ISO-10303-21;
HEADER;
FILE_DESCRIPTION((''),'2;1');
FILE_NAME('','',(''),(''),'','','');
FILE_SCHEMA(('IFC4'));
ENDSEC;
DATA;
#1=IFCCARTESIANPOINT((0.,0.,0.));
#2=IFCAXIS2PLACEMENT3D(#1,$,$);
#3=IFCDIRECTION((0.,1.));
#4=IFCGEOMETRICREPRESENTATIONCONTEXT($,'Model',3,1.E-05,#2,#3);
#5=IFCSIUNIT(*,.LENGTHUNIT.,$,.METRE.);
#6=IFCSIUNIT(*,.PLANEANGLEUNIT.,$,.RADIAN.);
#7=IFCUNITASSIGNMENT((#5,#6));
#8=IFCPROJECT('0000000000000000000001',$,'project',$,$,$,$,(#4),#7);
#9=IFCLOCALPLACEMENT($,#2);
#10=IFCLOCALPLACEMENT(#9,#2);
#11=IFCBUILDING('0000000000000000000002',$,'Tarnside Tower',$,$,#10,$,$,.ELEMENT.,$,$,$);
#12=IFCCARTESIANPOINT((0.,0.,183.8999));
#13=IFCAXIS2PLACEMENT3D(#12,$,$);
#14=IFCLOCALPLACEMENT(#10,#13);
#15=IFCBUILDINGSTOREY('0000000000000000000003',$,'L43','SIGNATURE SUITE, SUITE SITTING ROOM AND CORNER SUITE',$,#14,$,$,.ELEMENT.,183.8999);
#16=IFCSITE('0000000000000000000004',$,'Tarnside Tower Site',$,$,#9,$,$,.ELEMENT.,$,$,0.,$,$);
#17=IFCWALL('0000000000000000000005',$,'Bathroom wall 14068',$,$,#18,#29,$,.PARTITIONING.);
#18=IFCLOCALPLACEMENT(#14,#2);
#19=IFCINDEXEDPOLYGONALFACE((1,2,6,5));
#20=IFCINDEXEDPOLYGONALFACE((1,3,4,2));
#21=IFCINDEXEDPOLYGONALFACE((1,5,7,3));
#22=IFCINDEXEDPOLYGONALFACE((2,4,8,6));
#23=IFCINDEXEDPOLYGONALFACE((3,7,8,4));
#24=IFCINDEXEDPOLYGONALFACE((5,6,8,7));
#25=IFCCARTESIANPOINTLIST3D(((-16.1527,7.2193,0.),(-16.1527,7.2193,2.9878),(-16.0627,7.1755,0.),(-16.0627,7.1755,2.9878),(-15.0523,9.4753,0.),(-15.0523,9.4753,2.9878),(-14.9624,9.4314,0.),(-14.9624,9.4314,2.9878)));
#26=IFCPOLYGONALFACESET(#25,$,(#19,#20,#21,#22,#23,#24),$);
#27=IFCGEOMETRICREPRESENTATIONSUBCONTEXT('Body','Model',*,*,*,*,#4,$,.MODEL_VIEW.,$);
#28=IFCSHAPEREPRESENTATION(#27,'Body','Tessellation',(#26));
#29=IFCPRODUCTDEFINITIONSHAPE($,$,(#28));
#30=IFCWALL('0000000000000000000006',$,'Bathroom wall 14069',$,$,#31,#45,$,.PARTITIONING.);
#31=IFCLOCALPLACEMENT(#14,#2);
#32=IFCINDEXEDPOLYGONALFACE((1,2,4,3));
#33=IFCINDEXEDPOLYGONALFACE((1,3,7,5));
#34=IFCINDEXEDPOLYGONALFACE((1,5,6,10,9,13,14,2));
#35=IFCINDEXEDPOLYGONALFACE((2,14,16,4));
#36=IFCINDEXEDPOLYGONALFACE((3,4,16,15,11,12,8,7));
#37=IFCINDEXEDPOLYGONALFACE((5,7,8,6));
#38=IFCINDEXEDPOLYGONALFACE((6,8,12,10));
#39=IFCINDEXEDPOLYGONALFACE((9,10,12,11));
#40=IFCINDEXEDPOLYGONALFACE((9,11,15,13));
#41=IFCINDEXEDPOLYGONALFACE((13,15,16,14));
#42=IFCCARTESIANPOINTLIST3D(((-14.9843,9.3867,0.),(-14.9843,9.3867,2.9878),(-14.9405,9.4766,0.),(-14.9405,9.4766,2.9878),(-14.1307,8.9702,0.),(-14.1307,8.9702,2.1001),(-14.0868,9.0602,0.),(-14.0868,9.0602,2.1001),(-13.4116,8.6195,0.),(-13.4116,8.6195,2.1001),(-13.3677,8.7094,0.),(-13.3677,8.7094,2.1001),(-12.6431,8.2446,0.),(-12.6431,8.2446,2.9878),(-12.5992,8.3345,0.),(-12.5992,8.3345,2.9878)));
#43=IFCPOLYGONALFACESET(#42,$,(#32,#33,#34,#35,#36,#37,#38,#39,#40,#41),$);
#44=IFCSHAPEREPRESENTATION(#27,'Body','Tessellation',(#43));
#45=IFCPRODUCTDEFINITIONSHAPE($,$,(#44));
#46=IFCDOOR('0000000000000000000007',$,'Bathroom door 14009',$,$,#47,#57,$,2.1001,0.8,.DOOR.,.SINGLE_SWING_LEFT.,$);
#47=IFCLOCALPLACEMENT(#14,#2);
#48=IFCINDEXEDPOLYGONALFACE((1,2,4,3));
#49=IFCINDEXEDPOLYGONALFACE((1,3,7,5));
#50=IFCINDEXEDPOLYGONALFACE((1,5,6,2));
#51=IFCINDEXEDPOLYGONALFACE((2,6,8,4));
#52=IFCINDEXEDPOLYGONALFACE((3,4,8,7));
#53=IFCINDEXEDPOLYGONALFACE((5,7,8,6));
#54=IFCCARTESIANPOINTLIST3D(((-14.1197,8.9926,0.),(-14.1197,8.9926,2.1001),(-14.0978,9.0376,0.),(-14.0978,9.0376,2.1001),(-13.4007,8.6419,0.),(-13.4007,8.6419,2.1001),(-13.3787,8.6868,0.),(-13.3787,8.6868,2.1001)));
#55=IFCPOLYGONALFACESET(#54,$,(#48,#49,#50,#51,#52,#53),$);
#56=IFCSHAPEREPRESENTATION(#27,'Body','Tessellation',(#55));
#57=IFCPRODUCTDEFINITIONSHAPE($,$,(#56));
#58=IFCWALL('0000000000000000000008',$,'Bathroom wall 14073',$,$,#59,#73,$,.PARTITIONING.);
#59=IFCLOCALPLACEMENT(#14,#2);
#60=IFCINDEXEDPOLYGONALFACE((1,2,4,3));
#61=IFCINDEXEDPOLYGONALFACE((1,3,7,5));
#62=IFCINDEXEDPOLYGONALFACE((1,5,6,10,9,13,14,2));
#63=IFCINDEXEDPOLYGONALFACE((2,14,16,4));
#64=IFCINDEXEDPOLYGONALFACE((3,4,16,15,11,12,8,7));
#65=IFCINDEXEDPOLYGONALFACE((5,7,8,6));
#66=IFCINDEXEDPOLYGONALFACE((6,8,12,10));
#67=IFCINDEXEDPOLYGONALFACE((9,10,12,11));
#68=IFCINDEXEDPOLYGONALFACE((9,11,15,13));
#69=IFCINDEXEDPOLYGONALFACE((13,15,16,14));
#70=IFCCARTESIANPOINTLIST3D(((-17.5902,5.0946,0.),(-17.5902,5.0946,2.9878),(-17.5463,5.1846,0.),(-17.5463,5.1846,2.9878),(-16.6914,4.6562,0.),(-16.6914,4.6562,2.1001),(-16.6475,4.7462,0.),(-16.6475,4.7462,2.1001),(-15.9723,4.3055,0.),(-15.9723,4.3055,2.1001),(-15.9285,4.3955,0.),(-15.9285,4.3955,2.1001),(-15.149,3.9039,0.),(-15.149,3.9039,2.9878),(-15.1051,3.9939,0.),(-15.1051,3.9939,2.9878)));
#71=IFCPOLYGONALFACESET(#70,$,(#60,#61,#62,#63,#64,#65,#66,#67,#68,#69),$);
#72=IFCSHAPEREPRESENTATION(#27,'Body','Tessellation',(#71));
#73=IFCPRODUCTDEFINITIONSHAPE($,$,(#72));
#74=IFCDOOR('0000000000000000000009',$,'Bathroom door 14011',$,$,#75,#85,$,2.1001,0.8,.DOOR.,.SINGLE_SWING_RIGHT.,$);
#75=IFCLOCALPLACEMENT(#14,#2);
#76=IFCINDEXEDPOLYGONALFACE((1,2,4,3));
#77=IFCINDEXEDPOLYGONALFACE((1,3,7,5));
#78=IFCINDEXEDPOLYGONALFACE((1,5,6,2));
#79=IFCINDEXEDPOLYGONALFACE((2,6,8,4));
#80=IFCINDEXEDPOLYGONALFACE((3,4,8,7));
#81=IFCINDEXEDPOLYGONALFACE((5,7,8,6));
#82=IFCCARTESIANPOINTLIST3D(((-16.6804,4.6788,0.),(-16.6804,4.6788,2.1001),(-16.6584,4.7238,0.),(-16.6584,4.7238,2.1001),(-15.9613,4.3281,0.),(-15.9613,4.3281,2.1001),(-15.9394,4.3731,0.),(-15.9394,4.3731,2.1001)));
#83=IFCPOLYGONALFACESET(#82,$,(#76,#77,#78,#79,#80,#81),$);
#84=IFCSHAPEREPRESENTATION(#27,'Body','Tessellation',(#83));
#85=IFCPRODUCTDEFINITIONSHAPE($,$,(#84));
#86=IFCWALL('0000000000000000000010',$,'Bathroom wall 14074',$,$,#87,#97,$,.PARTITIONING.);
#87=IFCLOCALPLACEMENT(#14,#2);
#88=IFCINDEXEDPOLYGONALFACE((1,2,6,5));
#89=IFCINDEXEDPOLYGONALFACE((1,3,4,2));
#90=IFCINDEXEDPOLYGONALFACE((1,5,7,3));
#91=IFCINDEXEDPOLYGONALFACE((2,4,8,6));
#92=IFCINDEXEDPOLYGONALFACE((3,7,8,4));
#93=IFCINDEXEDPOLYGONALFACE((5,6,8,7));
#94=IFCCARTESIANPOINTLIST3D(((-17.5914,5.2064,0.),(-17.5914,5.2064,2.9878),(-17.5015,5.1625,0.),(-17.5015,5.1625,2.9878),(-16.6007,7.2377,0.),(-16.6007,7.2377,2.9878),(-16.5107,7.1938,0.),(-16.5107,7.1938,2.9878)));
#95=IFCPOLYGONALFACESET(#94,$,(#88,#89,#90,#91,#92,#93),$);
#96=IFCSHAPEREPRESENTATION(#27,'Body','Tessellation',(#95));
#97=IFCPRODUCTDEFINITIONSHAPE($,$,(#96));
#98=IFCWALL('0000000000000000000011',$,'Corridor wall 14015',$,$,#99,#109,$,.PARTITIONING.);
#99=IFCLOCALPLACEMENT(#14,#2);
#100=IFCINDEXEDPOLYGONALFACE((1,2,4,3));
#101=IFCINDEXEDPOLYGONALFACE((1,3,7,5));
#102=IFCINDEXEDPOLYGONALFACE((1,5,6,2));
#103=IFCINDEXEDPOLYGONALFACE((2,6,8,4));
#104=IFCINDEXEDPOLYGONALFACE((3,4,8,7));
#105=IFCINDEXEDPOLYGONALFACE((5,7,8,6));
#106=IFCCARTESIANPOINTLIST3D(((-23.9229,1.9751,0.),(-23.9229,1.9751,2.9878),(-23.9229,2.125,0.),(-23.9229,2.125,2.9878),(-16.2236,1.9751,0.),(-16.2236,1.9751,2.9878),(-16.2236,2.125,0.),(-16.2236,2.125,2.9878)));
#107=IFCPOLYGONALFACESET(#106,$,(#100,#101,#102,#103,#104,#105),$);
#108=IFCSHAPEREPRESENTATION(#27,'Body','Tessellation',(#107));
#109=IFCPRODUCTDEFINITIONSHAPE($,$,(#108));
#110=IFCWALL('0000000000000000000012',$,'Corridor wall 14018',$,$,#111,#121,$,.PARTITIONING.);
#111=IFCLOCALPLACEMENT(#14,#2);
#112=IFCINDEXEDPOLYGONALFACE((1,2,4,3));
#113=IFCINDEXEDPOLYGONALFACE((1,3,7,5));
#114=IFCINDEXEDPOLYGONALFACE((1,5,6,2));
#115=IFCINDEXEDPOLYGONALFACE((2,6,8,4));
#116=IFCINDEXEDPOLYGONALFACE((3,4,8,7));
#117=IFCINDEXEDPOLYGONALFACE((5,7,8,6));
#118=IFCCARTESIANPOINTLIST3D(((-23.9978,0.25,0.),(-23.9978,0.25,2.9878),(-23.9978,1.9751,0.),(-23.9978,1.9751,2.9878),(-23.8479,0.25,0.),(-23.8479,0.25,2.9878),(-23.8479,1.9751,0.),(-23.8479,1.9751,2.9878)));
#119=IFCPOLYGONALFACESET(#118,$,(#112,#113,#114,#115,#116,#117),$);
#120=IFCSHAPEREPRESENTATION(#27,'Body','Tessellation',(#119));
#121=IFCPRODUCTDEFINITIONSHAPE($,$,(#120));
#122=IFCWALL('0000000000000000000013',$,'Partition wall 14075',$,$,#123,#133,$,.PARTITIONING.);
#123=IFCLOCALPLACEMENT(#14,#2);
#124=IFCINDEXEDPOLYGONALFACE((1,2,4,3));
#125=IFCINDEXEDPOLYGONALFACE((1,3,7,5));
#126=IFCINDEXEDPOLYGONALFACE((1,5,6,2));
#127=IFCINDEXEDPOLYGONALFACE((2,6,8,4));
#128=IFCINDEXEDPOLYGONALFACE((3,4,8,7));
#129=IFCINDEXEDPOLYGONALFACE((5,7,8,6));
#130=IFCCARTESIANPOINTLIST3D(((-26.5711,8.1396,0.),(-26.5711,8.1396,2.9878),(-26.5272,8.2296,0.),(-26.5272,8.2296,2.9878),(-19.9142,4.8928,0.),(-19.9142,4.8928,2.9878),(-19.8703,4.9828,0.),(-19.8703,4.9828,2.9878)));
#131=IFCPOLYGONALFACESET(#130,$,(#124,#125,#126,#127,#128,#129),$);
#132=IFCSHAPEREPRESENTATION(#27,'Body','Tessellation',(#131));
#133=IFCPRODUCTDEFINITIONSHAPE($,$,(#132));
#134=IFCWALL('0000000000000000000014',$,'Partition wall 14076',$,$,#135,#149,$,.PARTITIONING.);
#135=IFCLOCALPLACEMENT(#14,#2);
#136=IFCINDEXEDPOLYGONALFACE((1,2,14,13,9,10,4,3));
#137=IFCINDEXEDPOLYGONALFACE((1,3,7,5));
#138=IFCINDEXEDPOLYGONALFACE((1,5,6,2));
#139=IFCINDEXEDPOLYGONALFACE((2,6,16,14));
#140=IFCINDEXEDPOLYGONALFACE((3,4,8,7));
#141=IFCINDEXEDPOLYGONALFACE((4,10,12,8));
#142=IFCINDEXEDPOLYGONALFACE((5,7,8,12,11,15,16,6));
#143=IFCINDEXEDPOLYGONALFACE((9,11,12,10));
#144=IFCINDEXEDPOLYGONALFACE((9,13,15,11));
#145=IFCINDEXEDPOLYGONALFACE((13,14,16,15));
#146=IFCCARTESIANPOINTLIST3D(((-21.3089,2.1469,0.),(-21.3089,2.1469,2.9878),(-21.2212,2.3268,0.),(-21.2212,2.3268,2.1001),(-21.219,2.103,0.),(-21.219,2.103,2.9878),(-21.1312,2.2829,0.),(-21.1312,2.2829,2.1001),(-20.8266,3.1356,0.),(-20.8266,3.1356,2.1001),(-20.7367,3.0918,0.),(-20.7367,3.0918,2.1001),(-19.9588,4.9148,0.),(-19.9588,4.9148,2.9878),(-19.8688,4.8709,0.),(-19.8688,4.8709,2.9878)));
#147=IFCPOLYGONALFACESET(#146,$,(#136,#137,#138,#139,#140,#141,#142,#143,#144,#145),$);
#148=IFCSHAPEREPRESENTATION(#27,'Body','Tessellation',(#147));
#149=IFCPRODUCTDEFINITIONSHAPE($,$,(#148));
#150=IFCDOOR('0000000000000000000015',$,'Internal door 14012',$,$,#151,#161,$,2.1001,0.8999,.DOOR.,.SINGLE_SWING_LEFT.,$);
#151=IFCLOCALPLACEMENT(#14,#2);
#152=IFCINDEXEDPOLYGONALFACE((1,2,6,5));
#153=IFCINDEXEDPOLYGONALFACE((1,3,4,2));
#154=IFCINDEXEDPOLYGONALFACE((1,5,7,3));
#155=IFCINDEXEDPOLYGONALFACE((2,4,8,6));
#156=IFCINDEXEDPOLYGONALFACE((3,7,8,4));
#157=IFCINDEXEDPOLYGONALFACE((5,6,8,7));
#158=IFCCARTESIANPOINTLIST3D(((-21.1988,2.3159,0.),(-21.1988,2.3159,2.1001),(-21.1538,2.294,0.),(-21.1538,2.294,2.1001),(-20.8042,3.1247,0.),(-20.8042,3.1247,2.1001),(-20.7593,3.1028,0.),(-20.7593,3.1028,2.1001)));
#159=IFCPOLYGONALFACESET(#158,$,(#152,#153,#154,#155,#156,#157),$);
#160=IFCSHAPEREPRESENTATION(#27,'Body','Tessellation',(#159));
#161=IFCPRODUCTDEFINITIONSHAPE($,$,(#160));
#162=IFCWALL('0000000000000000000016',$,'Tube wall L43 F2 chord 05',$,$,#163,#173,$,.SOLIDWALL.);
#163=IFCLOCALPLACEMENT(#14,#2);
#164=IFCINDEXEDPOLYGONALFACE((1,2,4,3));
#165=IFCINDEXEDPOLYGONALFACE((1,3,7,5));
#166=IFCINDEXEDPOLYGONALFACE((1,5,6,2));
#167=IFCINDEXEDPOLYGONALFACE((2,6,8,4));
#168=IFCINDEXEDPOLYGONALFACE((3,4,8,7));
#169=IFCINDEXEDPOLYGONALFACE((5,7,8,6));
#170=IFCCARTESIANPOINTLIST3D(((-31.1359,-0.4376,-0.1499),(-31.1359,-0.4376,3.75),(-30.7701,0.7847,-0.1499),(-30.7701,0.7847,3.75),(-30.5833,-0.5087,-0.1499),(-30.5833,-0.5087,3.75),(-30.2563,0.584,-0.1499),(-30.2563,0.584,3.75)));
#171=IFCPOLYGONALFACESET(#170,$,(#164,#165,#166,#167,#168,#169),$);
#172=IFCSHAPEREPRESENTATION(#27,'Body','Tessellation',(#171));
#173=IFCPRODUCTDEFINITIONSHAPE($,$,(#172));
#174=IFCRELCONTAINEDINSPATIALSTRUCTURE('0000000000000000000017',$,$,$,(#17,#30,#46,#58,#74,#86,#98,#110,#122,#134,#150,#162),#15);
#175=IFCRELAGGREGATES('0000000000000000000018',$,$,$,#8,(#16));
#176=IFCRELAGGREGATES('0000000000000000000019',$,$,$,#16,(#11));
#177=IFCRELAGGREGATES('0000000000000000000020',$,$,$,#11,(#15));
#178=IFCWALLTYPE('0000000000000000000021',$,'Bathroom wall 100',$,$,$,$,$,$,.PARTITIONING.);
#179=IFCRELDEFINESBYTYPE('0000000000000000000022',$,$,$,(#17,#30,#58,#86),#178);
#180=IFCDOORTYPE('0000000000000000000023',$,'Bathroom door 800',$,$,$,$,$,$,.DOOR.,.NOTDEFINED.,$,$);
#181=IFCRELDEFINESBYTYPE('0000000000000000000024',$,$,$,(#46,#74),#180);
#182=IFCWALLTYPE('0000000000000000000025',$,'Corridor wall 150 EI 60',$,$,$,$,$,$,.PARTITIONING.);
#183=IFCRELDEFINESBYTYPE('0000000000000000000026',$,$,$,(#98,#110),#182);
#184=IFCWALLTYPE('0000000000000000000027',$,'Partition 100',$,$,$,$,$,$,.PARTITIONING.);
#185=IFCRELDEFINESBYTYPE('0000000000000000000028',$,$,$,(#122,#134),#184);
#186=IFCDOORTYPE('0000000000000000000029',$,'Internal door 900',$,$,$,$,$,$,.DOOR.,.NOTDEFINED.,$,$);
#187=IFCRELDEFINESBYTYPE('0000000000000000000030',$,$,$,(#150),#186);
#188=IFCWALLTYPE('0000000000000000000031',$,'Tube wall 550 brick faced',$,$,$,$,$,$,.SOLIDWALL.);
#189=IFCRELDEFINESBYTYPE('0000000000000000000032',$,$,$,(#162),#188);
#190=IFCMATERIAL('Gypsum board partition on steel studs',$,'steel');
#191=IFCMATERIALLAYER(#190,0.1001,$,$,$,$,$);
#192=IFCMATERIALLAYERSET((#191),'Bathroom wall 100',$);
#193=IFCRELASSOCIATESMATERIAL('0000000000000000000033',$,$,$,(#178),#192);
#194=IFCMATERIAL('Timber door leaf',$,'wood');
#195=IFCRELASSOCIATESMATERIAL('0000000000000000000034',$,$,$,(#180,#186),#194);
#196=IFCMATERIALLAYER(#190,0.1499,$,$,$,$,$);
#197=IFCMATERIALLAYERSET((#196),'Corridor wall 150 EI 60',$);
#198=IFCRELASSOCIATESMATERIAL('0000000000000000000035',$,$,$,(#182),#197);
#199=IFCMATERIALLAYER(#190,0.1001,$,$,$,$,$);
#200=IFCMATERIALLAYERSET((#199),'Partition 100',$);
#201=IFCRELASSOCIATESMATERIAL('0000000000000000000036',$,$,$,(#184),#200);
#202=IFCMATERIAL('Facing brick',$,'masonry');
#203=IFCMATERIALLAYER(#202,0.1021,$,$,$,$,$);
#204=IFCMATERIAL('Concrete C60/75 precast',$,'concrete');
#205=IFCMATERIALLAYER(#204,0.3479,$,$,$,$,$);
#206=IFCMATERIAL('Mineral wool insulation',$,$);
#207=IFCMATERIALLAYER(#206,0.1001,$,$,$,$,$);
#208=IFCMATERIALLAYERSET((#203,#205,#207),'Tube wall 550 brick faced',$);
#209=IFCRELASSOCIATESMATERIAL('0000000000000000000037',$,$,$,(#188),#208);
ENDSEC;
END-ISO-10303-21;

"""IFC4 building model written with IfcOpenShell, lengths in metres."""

from ifc_helpers import new_model, si_unit, direction, frame, frame_2d, origin, place, context, subcontext, project, spatial, polyline, rectangle, outline, extrude, material, layer, layer_set, type_object, element, fill, save


model = new_model("IFC4")

# Units and contexts
model_context = context("Model", 3, precision=1e-05, world=origin(), true_north=direction((0.0, 1.0)))
body_context = subcontext(model_context, "Body", "Model", "MODEL_VIEW")
ifc_project = project(units=[si_unit("LENGTHUNIT", "METRE"), si_unit("PLANEANGLEUNIT", "RADIAN")], contexts=[model_context])

# Site, building, storey
site_placement = place(None, origin())
site = spatial("IfcSite", under=ifc_project, at=site_placement, Name="Tarnside Tower Site", CompositionType="ELEMENT", RefElevation=0.0)
building_placement = place(site_placement, origin())
building = spatial("IfcBuilding", under=site, at=building_placement, Name="Tarnside Tower", CompositionType="ELEMENT")
storey_placement = place(building_placement, frame((0.0, 0.0, 183.8999)))
storey = spatial("IfcBuildingStorey", under=building, at=storey_placement, Name="L43", Description="SIGNATURE SUITE, SUITE SITTING ROOM AND CORNER SUITE", CompositionType="ELEMENT", Elevation=183.8999)

# Wall
ifc_material_1 = material(Name="Gypsum board partition on steel studs", Category="steel")
ifc_layer_1 = layer(ifc_material_1, 0.1001)
ifc_layer_set_1 = layer_set([ifc_layer_1], Name="Bathroom wall 100")
wall_type_1 = type_object("IfcWallType", Name="Bathroom wall 100", PredefinedType="PARTITIONING", material=ifc_layer_set_1)
wall_1_placement = place(storey_placement, frame((-16.1077, 7.1975, 0.0), z_axis=(0.0, 0.0, 1.0), x_axis=(0.438399, 0.898781, 0.0)))
element("IfcWall", 1, at=wall_1_placement, inside=storey, type_object=wall_type_1, Name="Bathroom wall 14068", PredefinedType="PARTITIONING", context=body_context, shape_type="SweptSolid", body=[
    extrude(rectangle(XDim=2.51, YDim=0.1001, at=frame_2d((1.2549, 0.0))), origin(), (0.0, 0.0, 1.0), 2.9878),
])

# Walls, openings, doors
wall_2_placement = place(storey_placement, frame((-14.9624, 9.4316, 0.0), z_axis=(0.0, 0.0, 1.0), x_axis=(0.89877, -0.43842, 0.0)))
wall_2 = element("IfcWall", 2, at=wall_2_placement, inside=storey, type_object=wall_type_1, Name="Bathroom wall 14069", PredefinedType="PARTITIONING", context=body_context, shape_type="SweptSolid", body=[
    extrude(rectangle(XDim=2.605, YDim=0.1001, at=frame_2d((1.3025, 0.0))), origin(), (0.0, 0.0, 1.0), 2.9878),
])
opening_1_placement = place(wall_2_placement, frame((0.95, 0.0, 0.0)))
opening_1 = element("IfcOpeningElement", 3, at=opening_1_placement, cuts=wall_2, PredefinedType="OPENING", context=body_context, shape_type="SweptSolid", body=[
    extrude(rectangle(XDim=0.8, YDim=2.1001, at=frame_2d((0.3999, 1.05))), frame((0.0, 0.0601, 0.0), z_axis=(0.0, -1.0, 0.0), x_axis=(1.0, 0.0, 0.0)), (0.0, 0.0, 1.0), 0.1201),
])
ifc_material_2 = material(Name="Timber door leaf", Category="wood")
door_type_1 = type_object("IfcDoorType", Name="Bathroom door 800", OperationType="NOTDEFINED", PredefinedType="DOOR", material=ifc_material_2)
door_1_placement = place(opening_1_placement, origin())
door_1 = element("IfcDoor", 4, at=door_1_placement, inside=storey, type_object=door_type_1, Name="Bathroom door 14009", OperationType="SINGLE_SWING_LEFT", OverallHeight=2.1001, OverallWidth=0.8, PredefinedType="DOOR", context=body_context, shape_type="SweptSolid", body=[
    extrude(rectangle(XDim=0.8, YDim=2.1001, at=frame_2d((0.3999, 1.05))), frame((0.0, 0.0249, 0.0), z_axis=(0.0, -1.0, 0.0), x_axis=(1.0, 0.0, 0.0)), (0.0, 0.0, 1.0), 0.05),
])
fill(opening_1, door_1)
wall_3_placement = place(storey_placement, frame((-15.1272, 3.949, 0.0), z_axis=(0.0, 0.0, 1.0), x_axis=(-0.898788, 0.438383, 0.0)))
wall_3 = element("IfcWall", 5, at=wall_3_placement, inside=storey, type_object=wall_type_1, Name="Bathroom wall 14073", PredefinedType="PARTITIONING", context=body_context, shape_type="SweptSolid", body=[
    extrude(rectangle(XDim=2.7161, YDim=0.1001, at=frame_2d((1.3579, 0.0))), origin(), (0.0, 0.0, 1.0), 2.9878),
])
opening_2_placement = place(wall_3_placement, frame((0.916, 0.0, 0.0)))
opening_2 = element("IfcOpeningElement", 6, at=opening_2_placement, cuts=wall_3, PredefinedType="OPENING", context=body_context, shape_type="SweptSolid", body=[
    extrude(rectangle(XDim=0.8, YDim=2.1001, at=frame_2d((0.3999, 1.05))), frame((0.0, 0.0601, 0.0), z_axis=(0.0, -1.0, 0.0), x_axis=(1.0, 0.0, 0.0)), (0.0, 0.0, 1.0), 0.1201),
])
door_2_placement = place(opening_2_placement, origin())
door_2 = element("IfcDoor", 7, at=door_2_placement, inside=storey, type_object=door_type_1, Name="Bathroom door 14011", OperationType="SINGLE_SWING_RIGHT", OverallHeight=2.1001, OverallWidth=0.8, PredefinedType="DOOR", context=body_context, shape_type="SweptSolid", body=[
    extrude(rectangle(XDim=0.8, YDim=2.1001, at=frame_2d((0.3999, 1.05))), frame((0.0, 0.0249, 0.0), z_axis=(0.0, -1.0, 0.0), x_axis=(1.0, 0.0, 0.0)), (0.0, 0.0, 1.0), 0.05),
])
fill(opening_2, door_2)

# Walls
wall_4_placement = place(storey_placement, frame((-17.5464, 5.1846, 0.0), z_axis=(0.0, 0.0, 1.0), x_axis=(0.438377, 0.898791, 0.0)))
element("IfcWall", 8, at=wall_4_placement, inside=storey, type_object=wall_type_1, Name="Bathroom wall 14074", PredefinedType="PARTITIONING", context=body_context, shape_type="SweptSolid", body=[
    extrude(rectangle(XDim=2.26, YDim=0.1001, at=frame_2d((1.1299, 0.0))), origin(), (0.0, 0.0, 1.0), 2.9878),
])
ifc_layer_2 = layer(ifc_material_1, 0.1499)
ifc_layer_set_2 = layer_set([ifc_layer_2], Name="Corridor wall 150 EI 60")
wall_type_2 = type_object("IfcWallType", Name="Corridor wall 150 EI 60", PredefinedType="PARTITIONING", material=ifc_layer_set_2)
wall_5_placement = place(storey_placement, frame((-16.2236, 2.05, 0.0), z_axis=(0.0, 0.0, 1.0), x_axis=(-1.0, 0.0, 0.0)))
element("IfcWall", 9, at=wall_5_placement, inside=storey, type_object=wall_type_2, Name="Corridor wall 14015", PredefinedType="PARTITIONING", context=body_context, shape_type="SweptSolid", body=[
    extrude(rectangle(XDim=7.6992, YDim=0.1499, at=frame_2d((3.8496, 0.0))), origin(), (0.0, 0.0, 1.0), 2.9878),
])
wall_6_placement = place(storey_placement, frame((-23.9229, 1.9751, 0.0), z_axis=(0.0, 0.0, 1.0), x_axis=(0.0, -1.0, 0.0)))
element("IfcWall", 10, at=wall_6_placement, inside=storey, type_object=wall_type_2, Name="Corridor wall 14018", PredefinedType="PARTITIONING", context=body_context, shape_type="SweptSolid", body=[
    extrude(rectangle(XDim=1.7251, YDim=0.1499, at=frame_2d((0.8625, 0.0))), origin(), (0.0, 0.0, 1.0), 2.9878),
])
ifc_layer_3 = layer(ifc_material_1, 0.1001)
ifc_layer_set_3 = layer_set([ifc_layer_3], Name="Partition 100")
wall_type_3 = type_object("IfcWallType", Name="Partition 100", PredefinedType="PARTITIONING", material=ifc_layer_set_3)
wall_7_placement = place(storey_placement, frame((-26.5491, 8.1846, 0.0), z_axis=(0.0, 0.0, 1.0), x_axis=(0.898794, -0.438371, 0.0)))
element("IfcWall", 11, at=wall_7_placement, inside=storey, type_object=wall_type_3, Name="Partition wall 14075", PredefinedType="PARTITIONING", context=body_context, shape_type="SweptSolid", body=[
    extrude(rectangle(XDim=7.4065, YDim=0.1001, at=frame_2d((3.7031, 0.0))), origin(), (0.0, 0.0, 1.0), 2.9878),
])

# Wall, opening, door
wall_8_placement = place(storey_placement, frame((-19.9138, 4.8928, 0.0), z_axis=(0.0, 0.0, 1.0), x_axis=(-0.438408, -0.898776, 0.0)))
wall_8 = element("IfcWall", 12, at=wall_8_placement, inside=storey, type_object=wall_type_3, Name="Partition wall 14076", PredefinedType="PARTITIONING", context=body_context, shape_type="SweptSolid", body=[
    extrude(rectangle(XDim=3.0796, YDim=0.1001, at=frame_2d((1.5398, 0.0))), origin(), (0.0, 0.0, 1.0), 2.9878),
])
opening_3_placement = place(wall_8_placement, frame((1.9795, 0.0, 0.0)))
opening_3 = element("IfcOpeningElement", 13, at=opening_3_placement, cuts=wall_8, PredefinedType="OPENING", context=body_context, shape_type="SweptSolid", body=[
    extrude(rectangle(XDim=0.8999, YDim=2.1001, at=frame_2d((0.45, 1.05))), frame((0.0, 0.0601, 0.0), z_axis=(0.0, -1.0, 0.0), x_axis=(1.0, 0.0, 0.0)), (0.0, 0.0, 1.0), 0.1201),
])
door_type_2 = type_object("IfcDoorType", Name="Internal door 900", OperationType="NOTDEFINED", PredefinedType="DOOR", material=ifc_material_2)
door_3_placement = place(opening_3_placement, origin())
door_3 = element("IfcDoor", 14, at=door_3_placement, inside=storey, type_object=door_type_2, Name="Internal door 14012", OperationType="SINGLE_SWING_LEFT", OverallHeight=2.1001, OverallWidth=0.8999, PredefinedType="DOOR", context=body_context, shape_type="SweptSolid", body=[
    extrude(rectangle(XDim=0.8999, YDim=2.1001, at=frame_2d((0.45, 1.05))), frame((0.0, 0.0249, 0.0), z_axis=(0.0, -1.0, 0.0), x_axis=(1.0, 0.0, 0.0)), (0.0, 0.0, 1.0), 0.05),
])
fill(opening_3, door_3)

# Wall
ifc_material_3 = material(Name="Facing brick", Category="masonry")
ifc_layer_4 = layer(ifc_material_3, 0.1021)
ifc_material_4 = material(Name="Concrete C60/75 precast", Category="concrete")
ifc_layer_5 = layer(ifc_material_4, 0.3479)
ifc_material_5 = material(Name="Mineral wool insulation")
ifc_layer_6 = layer(ifc_material_5, 0.1001)
ifc_layer_set_4 = layer_set([ifc_layer_4, ifc_layer_5, ifc_layer_6], Name="Tube wall 550 brick faced")
wall_type_4 = type_object("IfcWallType", Name="Tube wall 550 brick faced", PredefinedType="SOLIDWALL", material=ifc_layer_set_4)
wall_9_placement = place(storey_placement, frame((-30.5132, 0.6843, -0.1499), z_axis=(0.0, 0.0, 1.0), x_axis=(-0.286736, -0.95801, 0.0)))
element("IfcWall", 15, at=wall_9_placement, inside=storey, type_object=wall_type_4, Name="Tube wall L43 F2 chord 05", PredefinedType="SOLIDWALL", context=body_context, shape_type="SweptSolid", body=[
    extrude(outline(polyline([(-0.0225, -0.2749), (1.2534, -0.2749), (1.1631, 0.2749), (0.0225, 0.2749), (-0.0225, -0.2749)])), origin(), (0.0, 0.0, 1.0), 3.8999),
])

save(model, "model.ifc")
